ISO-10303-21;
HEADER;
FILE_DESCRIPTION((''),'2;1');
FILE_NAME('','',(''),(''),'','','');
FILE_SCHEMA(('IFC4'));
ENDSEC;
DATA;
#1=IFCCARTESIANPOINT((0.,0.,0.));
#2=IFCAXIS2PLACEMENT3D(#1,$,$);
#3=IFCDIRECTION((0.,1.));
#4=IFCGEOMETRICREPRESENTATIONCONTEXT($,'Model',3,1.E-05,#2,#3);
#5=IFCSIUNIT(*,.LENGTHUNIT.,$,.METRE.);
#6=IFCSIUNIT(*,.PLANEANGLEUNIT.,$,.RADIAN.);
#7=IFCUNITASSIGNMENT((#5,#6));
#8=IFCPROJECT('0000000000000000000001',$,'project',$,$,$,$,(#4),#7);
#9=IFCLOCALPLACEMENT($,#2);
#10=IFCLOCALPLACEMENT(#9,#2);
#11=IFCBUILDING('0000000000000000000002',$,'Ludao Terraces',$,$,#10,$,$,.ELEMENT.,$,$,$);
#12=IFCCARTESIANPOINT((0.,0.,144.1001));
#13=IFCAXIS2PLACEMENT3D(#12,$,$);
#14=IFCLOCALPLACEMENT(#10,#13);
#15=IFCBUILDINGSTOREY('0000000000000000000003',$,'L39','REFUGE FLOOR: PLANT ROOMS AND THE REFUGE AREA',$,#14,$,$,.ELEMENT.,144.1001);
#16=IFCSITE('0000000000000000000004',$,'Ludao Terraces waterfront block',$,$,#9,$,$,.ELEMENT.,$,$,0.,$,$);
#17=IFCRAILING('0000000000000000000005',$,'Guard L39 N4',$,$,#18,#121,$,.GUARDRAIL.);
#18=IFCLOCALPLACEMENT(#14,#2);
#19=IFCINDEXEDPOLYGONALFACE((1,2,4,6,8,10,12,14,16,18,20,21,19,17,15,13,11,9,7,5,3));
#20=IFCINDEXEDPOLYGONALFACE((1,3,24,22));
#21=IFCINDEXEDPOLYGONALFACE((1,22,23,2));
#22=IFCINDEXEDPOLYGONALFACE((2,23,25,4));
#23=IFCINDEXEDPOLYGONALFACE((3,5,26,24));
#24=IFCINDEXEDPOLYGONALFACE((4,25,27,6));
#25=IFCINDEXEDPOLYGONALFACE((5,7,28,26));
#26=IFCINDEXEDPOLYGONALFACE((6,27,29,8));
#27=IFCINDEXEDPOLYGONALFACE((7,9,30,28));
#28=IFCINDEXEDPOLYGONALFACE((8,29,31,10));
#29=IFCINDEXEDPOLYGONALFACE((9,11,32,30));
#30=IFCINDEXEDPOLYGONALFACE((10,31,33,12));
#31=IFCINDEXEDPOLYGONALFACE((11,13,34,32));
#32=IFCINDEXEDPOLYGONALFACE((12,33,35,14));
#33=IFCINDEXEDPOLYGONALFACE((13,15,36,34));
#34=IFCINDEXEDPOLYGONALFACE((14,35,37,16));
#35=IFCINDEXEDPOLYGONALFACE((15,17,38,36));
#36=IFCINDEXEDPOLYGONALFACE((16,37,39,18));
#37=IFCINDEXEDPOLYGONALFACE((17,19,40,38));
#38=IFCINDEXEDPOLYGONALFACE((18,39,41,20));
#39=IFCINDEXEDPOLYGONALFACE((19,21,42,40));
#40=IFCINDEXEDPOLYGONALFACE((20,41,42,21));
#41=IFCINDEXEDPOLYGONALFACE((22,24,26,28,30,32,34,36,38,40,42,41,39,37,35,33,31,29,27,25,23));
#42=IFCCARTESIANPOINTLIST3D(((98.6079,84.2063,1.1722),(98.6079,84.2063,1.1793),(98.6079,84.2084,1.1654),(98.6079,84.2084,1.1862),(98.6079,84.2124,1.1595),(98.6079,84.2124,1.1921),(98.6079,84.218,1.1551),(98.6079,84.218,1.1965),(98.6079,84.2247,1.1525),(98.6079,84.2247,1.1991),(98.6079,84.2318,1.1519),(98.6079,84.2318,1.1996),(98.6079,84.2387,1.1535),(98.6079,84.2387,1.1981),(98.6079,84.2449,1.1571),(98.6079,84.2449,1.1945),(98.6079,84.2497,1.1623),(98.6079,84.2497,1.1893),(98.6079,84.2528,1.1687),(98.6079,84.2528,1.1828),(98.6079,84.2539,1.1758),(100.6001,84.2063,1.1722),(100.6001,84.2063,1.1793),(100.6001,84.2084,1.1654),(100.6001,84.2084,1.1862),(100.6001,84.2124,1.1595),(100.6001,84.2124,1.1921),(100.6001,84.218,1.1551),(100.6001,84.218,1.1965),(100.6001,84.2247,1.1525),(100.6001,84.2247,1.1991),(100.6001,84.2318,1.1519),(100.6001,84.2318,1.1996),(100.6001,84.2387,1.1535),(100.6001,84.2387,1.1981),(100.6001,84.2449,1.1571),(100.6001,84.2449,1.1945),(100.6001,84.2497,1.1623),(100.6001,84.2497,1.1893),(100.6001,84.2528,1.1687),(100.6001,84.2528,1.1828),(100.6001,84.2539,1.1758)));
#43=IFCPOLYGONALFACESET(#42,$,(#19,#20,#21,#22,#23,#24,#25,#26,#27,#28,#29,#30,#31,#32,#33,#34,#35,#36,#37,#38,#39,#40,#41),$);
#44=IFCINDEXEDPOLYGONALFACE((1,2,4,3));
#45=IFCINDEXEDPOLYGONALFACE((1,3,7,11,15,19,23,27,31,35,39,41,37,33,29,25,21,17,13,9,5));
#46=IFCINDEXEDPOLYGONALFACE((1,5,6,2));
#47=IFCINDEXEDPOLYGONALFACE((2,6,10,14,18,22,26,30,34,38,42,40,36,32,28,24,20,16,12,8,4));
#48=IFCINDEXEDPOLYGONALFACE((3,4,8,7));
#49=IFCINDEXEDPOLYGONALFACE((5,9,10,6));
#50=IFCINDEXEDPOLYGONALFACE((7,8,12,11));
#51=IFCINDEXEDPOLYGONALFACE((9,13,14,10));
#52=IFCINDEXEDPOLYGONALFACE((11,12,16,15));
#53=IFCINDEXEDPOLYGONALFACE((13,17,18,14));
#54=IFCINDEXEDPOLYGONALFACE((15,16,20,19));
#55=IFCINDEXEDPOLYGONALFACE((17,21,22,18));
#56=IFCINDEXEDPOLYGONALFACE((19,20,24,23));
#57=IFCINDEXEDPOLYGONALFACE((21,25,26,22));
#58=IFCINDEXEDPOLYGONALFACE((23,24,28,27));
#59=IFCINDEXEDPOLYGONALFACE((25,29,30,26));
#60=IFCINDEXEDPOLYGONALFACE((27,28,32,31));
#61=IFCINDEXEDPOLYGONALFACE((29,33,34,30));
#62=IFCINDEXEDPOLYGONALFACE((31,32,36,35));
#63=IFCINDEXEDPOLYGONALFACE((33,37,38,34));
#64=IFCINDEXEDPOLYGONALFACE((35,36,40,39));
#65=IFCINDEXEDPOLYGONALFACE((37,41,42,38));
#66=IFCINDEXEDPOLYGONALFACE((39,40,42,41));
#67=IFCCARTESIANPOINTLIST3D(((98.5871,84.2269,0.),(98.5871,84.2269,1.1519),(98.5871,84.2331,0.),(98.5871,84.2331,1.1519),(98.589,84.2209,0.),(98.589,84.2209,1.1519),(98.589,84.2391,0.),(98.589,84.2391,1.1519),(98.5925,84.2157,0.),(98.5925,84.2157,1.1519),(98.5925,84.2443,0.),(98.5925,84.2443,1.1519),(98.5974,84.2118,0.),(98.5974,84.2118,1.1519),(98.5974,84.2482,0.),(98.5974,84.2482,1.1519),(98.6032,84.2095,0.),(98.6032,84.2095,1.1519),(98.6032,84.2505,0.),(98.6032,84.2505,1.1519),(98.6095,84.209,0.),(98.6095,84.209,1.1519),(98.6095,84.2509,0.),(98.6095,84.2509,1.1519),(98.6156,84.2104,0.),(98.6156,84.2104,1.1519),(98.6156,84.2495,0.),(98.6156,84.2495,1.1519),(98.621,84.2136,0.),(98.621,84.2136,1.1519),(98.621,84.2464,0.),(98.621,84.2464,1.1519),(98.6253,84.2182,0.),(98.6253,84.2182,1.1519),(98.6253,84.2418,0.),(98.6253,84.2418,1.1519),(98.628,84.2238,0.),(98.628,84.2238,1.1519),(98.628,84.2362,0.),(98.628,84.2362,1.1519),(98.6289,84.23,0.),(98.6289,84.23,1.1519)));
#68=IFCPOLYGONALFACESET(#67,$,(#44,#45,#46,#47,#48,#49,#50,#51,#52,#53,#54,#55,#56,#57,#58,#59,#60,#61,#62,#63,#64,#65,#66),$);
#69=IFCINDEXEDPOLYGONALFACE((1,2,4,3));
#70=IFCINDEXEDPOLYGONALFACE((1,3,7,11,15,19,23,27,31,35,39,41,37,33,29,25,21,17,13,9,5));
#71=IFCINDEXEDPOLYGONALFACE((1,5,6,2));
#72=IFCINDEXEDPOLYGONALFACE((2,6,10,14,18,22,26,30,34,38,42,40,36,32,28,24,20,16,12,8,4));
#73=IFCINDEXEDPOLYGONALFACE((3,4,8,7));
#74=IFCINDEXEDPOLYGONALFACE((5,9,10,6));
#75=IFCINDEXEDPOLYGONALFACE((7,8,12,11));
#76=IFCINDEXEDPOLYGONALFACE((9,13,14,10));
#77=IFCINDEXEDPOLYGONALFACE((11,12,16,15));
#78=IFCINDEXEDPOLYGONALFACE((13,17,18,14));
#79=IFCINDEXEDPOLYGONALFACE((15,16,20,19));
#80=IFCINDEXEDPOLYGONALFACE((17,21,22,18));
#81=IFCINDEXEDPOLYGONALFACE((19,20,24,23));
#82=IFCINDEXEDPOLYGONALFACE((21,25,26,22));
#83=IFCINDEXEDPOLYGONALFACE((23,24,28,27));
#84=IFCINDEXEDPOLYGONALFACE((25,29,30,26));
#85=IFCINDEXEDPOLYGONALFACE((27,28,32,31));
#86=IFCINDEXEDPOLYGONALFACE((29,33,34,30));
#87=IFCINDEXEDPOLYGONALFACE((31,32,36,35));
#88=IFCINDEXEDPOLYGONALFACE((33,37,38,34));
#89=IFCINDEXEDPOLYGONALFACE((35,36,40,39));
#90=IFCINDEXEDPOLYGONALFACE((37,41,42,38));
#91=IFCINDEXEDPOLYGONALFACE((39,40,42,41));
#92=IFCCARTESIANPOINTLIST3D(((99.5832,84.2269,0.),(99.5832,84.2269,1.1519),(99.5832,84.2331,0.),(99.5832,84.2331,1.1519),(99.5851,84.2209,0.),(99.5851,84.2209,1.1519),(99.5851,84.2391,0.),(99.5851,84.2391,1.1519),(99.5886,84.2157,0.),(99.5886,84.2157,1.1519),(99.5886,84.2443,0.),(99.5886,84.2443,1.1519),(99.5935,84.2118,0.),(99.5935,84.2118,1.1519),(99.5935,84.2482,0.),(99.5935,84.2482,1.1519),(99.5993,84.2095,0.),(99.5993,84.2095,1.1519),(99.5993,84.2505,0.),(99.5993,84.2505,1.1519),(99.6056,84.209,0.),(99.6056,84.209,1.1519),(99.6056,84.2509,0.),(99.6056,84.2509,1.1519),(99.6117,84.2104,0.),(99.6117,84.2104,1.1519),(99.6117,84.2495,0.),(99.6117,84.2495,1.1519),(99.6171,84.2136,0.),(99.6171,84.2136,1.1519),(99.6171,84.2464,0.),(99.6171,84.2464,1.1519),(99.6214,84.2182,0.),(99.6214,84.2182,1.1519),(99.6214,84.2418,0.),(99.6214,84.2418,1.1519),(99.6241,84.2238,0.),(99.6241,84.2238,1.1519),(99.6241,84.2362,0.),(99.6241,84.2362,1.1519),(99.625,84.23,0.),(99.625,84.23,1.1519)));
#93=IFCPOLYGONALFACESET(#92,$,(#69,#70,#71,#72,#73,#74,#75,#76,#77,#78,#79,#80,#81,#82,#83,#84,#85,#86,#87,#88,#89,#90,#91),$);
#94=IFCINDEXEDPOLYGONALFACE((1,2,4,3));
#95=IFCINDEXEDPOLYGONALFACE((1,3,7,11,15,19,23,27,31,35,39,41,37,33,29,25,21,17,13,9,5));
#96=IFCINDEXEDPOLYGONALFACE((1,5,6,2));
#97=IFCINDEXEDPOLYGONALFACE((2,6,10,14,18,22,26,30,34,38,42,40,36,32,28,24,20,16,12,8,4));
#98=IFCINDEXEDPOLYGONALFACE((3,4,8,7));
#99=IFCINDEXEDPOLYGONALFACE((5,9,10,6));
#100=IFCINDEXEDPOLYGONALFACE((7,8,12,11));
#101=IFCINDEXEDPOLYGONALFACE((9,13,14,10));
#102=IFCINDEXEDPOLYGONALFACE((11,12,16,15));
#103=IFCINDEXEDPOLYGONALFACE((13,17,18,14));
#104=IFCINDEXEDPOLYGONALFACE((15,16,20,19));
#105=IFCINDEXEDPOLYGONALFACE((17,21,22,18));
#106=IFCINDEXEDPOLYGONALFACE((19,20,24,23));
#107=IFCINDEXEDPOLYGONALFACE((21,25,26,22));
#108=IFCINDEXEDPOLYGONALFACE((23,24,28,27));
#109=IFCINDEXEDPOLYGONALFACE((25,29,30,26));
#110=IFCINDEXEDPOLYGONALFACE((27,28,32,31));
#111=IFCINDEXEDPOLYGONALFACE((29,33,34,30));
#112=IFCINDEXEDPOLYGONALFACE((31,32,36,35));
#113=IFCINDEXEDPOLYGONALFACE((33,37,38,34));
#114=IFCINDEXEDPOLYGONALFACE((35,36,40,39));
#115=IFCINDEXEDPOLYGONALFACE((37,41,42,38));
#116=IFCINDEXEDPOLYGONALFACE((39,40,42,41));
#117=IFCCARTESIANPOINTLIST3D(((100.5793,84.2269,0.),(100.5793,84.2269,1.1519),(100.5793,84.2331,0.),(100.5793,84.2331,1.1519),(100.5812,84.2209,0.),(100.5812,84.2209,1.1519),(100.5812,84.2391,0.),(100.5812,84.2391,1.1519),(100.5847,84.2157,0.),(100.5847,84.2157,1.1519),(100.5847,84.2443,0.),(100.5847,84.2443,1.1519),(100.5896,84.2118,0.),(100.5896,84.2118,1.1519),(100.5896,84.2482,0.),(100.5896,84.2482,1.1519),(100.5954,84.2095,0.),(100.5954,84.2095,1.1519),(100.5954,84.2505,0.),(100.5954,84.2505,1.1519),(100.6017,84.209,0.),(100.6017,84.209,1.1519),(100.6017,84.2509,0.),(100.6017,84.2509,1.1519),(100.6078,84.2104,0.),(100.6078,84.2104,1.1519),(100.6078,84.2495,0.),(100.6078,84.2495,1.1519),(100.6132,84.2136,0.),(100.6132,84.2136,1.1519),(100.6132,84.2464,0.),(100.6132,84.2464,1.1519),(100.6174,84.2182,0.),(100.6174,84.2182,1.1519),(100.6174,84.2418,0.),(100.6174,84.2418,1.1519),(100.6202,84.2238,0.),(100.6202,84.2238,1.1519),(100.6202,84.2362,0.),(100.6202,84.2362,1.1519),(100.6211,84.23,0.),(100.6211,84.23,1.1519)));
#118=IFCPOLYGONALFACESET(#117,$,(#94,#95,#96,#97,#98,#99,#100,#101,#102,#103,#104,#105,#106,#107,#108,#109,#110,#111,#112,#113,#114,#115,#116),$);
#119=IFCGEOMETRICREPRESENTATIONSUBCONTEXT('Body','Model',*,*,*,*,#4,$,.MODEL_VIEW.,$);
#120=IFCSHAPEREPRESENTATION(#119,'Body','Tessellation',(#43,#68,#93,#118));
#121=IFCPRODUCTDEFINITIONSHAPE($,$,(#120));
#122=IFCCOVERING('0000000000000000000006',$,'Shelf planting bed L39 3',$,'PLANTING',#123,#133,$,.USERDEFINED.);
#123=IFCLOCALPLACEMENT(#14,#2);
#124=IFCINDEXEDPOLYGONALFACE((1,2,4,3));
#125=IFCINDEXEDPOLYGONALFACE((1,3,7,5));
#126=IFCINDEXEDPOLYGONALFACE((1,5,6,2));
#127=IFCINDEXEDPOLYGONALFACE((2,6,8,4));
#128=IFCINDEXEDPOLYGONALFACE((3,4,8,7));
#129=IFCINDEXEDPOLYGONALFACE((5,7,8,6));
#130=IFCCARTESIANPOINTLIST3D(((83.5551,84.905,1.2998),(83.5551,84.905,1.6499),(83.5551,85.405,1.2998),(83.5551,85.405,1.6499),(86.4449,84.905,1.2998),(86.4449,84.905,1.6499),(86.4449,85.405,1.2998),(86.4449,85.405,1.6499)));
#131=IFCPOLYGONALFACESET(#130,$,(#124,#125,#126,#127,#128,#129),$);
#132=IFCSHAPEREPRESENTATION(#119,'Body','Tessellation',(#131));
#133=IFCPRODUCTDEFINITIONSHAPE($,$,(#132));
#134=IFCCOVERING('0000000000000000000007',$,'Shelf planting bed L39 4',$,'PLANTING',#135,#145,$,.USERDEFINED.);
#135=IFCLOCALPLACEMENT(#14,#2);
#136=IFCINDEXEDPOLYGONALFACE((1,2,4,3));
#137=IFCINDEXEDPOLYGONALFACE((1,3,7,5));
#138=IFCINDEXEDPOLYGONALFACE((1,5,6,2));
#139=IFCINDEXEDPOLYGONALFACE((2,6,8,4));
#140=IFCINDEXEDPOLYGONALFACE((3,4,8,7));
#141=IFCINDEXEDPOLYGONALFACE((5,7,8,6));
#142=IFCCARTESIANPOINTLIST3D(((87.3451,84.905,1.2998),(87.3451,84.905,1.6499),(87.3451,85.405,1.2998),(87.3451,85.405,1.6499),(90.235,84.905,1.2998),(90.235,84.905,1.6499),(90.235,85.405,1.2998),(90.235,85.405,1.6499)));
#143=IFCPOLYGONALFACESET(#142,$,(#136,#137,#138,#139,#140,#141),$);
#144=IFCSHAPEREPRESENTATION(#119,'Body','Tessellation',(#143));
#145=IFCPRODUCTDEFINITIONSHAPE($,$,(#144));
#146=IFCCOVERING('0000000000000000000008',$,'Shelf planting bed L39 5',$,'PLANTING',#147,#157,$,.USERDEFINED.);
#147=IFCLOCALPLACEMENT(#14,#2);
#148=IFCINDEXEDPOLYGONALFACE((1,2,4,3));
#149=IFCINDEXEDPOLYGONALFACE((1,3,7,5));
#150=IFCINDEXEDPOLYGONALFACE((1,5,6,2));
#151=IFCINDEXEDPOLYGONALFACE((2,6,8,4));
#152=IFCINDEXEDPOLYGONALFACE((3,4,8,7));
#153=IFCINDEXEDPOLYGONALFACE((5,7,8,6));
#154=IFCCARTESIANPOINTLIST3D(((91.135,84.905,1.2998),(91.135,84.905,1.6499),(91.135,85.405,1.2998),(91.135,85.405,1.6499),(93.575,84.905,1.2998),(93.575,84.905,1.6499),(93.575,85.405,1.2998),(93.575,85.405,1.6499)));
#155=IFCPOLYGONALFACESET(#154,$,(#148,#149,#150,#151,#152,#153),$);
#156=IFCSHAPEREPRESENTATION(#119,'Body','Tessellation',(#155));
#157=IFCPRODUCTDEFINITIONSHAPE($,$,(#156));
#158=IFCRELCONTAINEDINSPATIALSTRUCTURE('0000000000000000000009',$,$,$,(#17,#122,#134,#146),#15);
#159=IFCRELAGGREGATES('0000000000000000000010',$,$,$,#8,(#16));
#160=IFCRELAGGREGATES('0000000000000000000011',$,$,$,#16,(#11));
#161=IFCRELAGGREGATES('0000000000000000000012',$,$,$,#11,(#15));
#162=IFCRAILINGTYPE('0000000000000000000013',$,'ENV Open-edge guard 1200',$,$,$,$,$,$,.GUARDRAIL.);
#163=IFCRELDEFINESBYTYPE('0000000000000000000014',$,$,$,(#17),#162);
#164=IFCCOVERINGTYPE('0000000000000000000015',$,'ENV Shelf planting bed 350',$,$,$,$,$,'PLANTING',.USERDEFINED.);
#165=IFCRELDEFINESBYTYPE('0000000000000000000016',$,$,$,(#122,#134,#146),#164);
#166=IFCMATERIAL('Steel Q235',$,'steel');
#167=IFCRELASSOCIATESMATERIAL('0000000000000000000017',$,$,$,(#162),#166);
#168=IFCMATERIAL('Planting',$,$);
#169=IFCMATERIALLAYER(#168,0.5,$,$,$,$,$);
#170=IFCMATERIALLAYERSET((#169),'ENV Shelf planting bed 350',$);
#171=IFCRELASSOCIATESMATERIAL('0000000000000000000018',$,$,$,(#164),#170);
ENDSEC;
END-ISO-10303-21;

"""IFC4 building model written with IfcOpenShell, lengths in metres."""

from ifc_helpers import new_model, si_unit, direction, frame, origin, origin_2d, place, context, subcontext, project, spatial, rectangle, circle, extrude, material, layer, layer_set, type_object, element, save


model = new_model("IFC4")

# Units and contexts
model_context = context("Model", 3, precision=1e-05, world=origin(), true_north=direction((0.0, 1.0)))
body_context = subcontext(model_context, "Body", "Model", "MODEL_VIEW")
ifc_project = project(units=[si_unit("LENGTHUNIT", "METRE"), si_unit("PLANEANGLEUNIT", "RADIAN")], contexts=[model_context])

# Site, building, storey
site_placement = place(None, origin())
site = spatial("IfcSite", under=ifc_project, at=site_placement, Name="Ludao Terraces waterfront block", CompositionType="ELEMENT", RefElevation=0.0)
building_placement = place(site_placement, origin())
building = spatial("IfcBuilding", under=site, at=building_placement, Name="Ludao Terraces", CompositionType="ELEMENT")
storey_placement = place(building_placement, frame((0.0, 0.0, 144.1001)))
storey = spatial("IfcBuildingStorey", under=building, at=storey_placement, Name="L39", Description="REFUGE FLOOR: PLANT ROOMS AND THE REFUGE AREA", CompositionType="ELEMENT", Elevation=144.1001)

# Railing
ifc_material_1 = material(Name="Steel Q235", Category="steel")
railing_type_1 = type_object("IfcRailingType", Name="ENV Open-edge guard 1200", PredefinedType="GUARDRAIL", material=ifc_material_1)
railing_1_placement = place(storey_placement, frame((98.6079, 84.23, 0.0)))
element("IfcRailing", 1, at=railing_1_placement, inside=storey, type_object=railing_type_1, Name="Guard L39 N4", PredefinedType="GUARDRAIL", context=body_context, shape_type="SweptSolid", body=[
    extrude(circle(Radius=0.0239, at=origin_2d()), frame((0.0, 0.0, 1.1758), z_axis=(1.0, 0.0, 0.0), x_axis=(0.0, 1.0, 0.0)), (0.0, 0.0, 1.0), 1.9922),
    extrude(circle(Radius=0.021, at=origin_2d()), origin(), (0.0, 0.0, 1.0), 1.1519),
    extrude(circle(Radius=0.021, at=origin_2d()), frame((0.9961, 0.0, 0.0)), (0.0, 0.0, 1.0), 1.1519),
    extrude(circle(Radius=0.021, at=origin_2d()), frame((1.9922, 0.0, 0.0)), (0.0, 0.0, 1.0), 1.1519),
])

# Coverings
ifc_material_2 = material(Name="Planting")
ifc_layer_1 = layer(ifc_material_2, 0.5)
ifc_layer_set_1 = layer_set([ifc_layer_1], Name="ENV Shelf planting bed 350")
covering_type_1 = type_object("IfcCoveringType", Name="ENV Shelf planting bed 350", ElementType="PLANTING", PredefinedType="USERDEFINED", material=ifc_layer_set_1)
for number, where, z_axis, x_axis, name in (
    (2, (85.0, 85.155, 1.2998), (0.0, 0.0, 1.0), (1.0, 0.0, 0.0), "Shelf planting bed L39 3"),
    (3, (88.79, 85.155, 1.2998), (0.0, 0.0, 1.0), (1.0, 0.0, 0.0), "Shelf planting bed L39 4"),
):
    element("IfcCovering", number, at=place(storey_placement, frame(where, z_axis=z_axis, x_axis=x_axis)), inside=storey, type_object=covering_type_1, Name=name, ObjectType="PLANTING", PredefinedType="USERDEFINED", context=body_context, shape_type="SweptSolid", body=[
        extrude(rectangle(XDim=2.8899, YDim=0.5, at=origin_2d()), origin(), (0.0, 0.0, 1.0), 0.3501),
    ])
covering_1_placement = place(storey_placement, frame((92.355, 85.155, 1.2998), z_axis=(0.0, 0.0, 1.0), x_axis=(1.0, 0.0, 0.0)))
element("IfcCovering", 4, at=covering_1_placement, inside=storey, type_object=covering_type_1, Name="Shelf planting bed L39 5", ObjectType="PLANTING", PredefinedType="USERDEFINED", context=body_context, shape_type="SweptSolid", body=[
    extrude(rectangle(XDim=2.4399, YDim=0.5, at=origin_2d()), origin(), (0.0, 0.0, 1.0), 0.3501),
])

save(model, "model.ifc")
